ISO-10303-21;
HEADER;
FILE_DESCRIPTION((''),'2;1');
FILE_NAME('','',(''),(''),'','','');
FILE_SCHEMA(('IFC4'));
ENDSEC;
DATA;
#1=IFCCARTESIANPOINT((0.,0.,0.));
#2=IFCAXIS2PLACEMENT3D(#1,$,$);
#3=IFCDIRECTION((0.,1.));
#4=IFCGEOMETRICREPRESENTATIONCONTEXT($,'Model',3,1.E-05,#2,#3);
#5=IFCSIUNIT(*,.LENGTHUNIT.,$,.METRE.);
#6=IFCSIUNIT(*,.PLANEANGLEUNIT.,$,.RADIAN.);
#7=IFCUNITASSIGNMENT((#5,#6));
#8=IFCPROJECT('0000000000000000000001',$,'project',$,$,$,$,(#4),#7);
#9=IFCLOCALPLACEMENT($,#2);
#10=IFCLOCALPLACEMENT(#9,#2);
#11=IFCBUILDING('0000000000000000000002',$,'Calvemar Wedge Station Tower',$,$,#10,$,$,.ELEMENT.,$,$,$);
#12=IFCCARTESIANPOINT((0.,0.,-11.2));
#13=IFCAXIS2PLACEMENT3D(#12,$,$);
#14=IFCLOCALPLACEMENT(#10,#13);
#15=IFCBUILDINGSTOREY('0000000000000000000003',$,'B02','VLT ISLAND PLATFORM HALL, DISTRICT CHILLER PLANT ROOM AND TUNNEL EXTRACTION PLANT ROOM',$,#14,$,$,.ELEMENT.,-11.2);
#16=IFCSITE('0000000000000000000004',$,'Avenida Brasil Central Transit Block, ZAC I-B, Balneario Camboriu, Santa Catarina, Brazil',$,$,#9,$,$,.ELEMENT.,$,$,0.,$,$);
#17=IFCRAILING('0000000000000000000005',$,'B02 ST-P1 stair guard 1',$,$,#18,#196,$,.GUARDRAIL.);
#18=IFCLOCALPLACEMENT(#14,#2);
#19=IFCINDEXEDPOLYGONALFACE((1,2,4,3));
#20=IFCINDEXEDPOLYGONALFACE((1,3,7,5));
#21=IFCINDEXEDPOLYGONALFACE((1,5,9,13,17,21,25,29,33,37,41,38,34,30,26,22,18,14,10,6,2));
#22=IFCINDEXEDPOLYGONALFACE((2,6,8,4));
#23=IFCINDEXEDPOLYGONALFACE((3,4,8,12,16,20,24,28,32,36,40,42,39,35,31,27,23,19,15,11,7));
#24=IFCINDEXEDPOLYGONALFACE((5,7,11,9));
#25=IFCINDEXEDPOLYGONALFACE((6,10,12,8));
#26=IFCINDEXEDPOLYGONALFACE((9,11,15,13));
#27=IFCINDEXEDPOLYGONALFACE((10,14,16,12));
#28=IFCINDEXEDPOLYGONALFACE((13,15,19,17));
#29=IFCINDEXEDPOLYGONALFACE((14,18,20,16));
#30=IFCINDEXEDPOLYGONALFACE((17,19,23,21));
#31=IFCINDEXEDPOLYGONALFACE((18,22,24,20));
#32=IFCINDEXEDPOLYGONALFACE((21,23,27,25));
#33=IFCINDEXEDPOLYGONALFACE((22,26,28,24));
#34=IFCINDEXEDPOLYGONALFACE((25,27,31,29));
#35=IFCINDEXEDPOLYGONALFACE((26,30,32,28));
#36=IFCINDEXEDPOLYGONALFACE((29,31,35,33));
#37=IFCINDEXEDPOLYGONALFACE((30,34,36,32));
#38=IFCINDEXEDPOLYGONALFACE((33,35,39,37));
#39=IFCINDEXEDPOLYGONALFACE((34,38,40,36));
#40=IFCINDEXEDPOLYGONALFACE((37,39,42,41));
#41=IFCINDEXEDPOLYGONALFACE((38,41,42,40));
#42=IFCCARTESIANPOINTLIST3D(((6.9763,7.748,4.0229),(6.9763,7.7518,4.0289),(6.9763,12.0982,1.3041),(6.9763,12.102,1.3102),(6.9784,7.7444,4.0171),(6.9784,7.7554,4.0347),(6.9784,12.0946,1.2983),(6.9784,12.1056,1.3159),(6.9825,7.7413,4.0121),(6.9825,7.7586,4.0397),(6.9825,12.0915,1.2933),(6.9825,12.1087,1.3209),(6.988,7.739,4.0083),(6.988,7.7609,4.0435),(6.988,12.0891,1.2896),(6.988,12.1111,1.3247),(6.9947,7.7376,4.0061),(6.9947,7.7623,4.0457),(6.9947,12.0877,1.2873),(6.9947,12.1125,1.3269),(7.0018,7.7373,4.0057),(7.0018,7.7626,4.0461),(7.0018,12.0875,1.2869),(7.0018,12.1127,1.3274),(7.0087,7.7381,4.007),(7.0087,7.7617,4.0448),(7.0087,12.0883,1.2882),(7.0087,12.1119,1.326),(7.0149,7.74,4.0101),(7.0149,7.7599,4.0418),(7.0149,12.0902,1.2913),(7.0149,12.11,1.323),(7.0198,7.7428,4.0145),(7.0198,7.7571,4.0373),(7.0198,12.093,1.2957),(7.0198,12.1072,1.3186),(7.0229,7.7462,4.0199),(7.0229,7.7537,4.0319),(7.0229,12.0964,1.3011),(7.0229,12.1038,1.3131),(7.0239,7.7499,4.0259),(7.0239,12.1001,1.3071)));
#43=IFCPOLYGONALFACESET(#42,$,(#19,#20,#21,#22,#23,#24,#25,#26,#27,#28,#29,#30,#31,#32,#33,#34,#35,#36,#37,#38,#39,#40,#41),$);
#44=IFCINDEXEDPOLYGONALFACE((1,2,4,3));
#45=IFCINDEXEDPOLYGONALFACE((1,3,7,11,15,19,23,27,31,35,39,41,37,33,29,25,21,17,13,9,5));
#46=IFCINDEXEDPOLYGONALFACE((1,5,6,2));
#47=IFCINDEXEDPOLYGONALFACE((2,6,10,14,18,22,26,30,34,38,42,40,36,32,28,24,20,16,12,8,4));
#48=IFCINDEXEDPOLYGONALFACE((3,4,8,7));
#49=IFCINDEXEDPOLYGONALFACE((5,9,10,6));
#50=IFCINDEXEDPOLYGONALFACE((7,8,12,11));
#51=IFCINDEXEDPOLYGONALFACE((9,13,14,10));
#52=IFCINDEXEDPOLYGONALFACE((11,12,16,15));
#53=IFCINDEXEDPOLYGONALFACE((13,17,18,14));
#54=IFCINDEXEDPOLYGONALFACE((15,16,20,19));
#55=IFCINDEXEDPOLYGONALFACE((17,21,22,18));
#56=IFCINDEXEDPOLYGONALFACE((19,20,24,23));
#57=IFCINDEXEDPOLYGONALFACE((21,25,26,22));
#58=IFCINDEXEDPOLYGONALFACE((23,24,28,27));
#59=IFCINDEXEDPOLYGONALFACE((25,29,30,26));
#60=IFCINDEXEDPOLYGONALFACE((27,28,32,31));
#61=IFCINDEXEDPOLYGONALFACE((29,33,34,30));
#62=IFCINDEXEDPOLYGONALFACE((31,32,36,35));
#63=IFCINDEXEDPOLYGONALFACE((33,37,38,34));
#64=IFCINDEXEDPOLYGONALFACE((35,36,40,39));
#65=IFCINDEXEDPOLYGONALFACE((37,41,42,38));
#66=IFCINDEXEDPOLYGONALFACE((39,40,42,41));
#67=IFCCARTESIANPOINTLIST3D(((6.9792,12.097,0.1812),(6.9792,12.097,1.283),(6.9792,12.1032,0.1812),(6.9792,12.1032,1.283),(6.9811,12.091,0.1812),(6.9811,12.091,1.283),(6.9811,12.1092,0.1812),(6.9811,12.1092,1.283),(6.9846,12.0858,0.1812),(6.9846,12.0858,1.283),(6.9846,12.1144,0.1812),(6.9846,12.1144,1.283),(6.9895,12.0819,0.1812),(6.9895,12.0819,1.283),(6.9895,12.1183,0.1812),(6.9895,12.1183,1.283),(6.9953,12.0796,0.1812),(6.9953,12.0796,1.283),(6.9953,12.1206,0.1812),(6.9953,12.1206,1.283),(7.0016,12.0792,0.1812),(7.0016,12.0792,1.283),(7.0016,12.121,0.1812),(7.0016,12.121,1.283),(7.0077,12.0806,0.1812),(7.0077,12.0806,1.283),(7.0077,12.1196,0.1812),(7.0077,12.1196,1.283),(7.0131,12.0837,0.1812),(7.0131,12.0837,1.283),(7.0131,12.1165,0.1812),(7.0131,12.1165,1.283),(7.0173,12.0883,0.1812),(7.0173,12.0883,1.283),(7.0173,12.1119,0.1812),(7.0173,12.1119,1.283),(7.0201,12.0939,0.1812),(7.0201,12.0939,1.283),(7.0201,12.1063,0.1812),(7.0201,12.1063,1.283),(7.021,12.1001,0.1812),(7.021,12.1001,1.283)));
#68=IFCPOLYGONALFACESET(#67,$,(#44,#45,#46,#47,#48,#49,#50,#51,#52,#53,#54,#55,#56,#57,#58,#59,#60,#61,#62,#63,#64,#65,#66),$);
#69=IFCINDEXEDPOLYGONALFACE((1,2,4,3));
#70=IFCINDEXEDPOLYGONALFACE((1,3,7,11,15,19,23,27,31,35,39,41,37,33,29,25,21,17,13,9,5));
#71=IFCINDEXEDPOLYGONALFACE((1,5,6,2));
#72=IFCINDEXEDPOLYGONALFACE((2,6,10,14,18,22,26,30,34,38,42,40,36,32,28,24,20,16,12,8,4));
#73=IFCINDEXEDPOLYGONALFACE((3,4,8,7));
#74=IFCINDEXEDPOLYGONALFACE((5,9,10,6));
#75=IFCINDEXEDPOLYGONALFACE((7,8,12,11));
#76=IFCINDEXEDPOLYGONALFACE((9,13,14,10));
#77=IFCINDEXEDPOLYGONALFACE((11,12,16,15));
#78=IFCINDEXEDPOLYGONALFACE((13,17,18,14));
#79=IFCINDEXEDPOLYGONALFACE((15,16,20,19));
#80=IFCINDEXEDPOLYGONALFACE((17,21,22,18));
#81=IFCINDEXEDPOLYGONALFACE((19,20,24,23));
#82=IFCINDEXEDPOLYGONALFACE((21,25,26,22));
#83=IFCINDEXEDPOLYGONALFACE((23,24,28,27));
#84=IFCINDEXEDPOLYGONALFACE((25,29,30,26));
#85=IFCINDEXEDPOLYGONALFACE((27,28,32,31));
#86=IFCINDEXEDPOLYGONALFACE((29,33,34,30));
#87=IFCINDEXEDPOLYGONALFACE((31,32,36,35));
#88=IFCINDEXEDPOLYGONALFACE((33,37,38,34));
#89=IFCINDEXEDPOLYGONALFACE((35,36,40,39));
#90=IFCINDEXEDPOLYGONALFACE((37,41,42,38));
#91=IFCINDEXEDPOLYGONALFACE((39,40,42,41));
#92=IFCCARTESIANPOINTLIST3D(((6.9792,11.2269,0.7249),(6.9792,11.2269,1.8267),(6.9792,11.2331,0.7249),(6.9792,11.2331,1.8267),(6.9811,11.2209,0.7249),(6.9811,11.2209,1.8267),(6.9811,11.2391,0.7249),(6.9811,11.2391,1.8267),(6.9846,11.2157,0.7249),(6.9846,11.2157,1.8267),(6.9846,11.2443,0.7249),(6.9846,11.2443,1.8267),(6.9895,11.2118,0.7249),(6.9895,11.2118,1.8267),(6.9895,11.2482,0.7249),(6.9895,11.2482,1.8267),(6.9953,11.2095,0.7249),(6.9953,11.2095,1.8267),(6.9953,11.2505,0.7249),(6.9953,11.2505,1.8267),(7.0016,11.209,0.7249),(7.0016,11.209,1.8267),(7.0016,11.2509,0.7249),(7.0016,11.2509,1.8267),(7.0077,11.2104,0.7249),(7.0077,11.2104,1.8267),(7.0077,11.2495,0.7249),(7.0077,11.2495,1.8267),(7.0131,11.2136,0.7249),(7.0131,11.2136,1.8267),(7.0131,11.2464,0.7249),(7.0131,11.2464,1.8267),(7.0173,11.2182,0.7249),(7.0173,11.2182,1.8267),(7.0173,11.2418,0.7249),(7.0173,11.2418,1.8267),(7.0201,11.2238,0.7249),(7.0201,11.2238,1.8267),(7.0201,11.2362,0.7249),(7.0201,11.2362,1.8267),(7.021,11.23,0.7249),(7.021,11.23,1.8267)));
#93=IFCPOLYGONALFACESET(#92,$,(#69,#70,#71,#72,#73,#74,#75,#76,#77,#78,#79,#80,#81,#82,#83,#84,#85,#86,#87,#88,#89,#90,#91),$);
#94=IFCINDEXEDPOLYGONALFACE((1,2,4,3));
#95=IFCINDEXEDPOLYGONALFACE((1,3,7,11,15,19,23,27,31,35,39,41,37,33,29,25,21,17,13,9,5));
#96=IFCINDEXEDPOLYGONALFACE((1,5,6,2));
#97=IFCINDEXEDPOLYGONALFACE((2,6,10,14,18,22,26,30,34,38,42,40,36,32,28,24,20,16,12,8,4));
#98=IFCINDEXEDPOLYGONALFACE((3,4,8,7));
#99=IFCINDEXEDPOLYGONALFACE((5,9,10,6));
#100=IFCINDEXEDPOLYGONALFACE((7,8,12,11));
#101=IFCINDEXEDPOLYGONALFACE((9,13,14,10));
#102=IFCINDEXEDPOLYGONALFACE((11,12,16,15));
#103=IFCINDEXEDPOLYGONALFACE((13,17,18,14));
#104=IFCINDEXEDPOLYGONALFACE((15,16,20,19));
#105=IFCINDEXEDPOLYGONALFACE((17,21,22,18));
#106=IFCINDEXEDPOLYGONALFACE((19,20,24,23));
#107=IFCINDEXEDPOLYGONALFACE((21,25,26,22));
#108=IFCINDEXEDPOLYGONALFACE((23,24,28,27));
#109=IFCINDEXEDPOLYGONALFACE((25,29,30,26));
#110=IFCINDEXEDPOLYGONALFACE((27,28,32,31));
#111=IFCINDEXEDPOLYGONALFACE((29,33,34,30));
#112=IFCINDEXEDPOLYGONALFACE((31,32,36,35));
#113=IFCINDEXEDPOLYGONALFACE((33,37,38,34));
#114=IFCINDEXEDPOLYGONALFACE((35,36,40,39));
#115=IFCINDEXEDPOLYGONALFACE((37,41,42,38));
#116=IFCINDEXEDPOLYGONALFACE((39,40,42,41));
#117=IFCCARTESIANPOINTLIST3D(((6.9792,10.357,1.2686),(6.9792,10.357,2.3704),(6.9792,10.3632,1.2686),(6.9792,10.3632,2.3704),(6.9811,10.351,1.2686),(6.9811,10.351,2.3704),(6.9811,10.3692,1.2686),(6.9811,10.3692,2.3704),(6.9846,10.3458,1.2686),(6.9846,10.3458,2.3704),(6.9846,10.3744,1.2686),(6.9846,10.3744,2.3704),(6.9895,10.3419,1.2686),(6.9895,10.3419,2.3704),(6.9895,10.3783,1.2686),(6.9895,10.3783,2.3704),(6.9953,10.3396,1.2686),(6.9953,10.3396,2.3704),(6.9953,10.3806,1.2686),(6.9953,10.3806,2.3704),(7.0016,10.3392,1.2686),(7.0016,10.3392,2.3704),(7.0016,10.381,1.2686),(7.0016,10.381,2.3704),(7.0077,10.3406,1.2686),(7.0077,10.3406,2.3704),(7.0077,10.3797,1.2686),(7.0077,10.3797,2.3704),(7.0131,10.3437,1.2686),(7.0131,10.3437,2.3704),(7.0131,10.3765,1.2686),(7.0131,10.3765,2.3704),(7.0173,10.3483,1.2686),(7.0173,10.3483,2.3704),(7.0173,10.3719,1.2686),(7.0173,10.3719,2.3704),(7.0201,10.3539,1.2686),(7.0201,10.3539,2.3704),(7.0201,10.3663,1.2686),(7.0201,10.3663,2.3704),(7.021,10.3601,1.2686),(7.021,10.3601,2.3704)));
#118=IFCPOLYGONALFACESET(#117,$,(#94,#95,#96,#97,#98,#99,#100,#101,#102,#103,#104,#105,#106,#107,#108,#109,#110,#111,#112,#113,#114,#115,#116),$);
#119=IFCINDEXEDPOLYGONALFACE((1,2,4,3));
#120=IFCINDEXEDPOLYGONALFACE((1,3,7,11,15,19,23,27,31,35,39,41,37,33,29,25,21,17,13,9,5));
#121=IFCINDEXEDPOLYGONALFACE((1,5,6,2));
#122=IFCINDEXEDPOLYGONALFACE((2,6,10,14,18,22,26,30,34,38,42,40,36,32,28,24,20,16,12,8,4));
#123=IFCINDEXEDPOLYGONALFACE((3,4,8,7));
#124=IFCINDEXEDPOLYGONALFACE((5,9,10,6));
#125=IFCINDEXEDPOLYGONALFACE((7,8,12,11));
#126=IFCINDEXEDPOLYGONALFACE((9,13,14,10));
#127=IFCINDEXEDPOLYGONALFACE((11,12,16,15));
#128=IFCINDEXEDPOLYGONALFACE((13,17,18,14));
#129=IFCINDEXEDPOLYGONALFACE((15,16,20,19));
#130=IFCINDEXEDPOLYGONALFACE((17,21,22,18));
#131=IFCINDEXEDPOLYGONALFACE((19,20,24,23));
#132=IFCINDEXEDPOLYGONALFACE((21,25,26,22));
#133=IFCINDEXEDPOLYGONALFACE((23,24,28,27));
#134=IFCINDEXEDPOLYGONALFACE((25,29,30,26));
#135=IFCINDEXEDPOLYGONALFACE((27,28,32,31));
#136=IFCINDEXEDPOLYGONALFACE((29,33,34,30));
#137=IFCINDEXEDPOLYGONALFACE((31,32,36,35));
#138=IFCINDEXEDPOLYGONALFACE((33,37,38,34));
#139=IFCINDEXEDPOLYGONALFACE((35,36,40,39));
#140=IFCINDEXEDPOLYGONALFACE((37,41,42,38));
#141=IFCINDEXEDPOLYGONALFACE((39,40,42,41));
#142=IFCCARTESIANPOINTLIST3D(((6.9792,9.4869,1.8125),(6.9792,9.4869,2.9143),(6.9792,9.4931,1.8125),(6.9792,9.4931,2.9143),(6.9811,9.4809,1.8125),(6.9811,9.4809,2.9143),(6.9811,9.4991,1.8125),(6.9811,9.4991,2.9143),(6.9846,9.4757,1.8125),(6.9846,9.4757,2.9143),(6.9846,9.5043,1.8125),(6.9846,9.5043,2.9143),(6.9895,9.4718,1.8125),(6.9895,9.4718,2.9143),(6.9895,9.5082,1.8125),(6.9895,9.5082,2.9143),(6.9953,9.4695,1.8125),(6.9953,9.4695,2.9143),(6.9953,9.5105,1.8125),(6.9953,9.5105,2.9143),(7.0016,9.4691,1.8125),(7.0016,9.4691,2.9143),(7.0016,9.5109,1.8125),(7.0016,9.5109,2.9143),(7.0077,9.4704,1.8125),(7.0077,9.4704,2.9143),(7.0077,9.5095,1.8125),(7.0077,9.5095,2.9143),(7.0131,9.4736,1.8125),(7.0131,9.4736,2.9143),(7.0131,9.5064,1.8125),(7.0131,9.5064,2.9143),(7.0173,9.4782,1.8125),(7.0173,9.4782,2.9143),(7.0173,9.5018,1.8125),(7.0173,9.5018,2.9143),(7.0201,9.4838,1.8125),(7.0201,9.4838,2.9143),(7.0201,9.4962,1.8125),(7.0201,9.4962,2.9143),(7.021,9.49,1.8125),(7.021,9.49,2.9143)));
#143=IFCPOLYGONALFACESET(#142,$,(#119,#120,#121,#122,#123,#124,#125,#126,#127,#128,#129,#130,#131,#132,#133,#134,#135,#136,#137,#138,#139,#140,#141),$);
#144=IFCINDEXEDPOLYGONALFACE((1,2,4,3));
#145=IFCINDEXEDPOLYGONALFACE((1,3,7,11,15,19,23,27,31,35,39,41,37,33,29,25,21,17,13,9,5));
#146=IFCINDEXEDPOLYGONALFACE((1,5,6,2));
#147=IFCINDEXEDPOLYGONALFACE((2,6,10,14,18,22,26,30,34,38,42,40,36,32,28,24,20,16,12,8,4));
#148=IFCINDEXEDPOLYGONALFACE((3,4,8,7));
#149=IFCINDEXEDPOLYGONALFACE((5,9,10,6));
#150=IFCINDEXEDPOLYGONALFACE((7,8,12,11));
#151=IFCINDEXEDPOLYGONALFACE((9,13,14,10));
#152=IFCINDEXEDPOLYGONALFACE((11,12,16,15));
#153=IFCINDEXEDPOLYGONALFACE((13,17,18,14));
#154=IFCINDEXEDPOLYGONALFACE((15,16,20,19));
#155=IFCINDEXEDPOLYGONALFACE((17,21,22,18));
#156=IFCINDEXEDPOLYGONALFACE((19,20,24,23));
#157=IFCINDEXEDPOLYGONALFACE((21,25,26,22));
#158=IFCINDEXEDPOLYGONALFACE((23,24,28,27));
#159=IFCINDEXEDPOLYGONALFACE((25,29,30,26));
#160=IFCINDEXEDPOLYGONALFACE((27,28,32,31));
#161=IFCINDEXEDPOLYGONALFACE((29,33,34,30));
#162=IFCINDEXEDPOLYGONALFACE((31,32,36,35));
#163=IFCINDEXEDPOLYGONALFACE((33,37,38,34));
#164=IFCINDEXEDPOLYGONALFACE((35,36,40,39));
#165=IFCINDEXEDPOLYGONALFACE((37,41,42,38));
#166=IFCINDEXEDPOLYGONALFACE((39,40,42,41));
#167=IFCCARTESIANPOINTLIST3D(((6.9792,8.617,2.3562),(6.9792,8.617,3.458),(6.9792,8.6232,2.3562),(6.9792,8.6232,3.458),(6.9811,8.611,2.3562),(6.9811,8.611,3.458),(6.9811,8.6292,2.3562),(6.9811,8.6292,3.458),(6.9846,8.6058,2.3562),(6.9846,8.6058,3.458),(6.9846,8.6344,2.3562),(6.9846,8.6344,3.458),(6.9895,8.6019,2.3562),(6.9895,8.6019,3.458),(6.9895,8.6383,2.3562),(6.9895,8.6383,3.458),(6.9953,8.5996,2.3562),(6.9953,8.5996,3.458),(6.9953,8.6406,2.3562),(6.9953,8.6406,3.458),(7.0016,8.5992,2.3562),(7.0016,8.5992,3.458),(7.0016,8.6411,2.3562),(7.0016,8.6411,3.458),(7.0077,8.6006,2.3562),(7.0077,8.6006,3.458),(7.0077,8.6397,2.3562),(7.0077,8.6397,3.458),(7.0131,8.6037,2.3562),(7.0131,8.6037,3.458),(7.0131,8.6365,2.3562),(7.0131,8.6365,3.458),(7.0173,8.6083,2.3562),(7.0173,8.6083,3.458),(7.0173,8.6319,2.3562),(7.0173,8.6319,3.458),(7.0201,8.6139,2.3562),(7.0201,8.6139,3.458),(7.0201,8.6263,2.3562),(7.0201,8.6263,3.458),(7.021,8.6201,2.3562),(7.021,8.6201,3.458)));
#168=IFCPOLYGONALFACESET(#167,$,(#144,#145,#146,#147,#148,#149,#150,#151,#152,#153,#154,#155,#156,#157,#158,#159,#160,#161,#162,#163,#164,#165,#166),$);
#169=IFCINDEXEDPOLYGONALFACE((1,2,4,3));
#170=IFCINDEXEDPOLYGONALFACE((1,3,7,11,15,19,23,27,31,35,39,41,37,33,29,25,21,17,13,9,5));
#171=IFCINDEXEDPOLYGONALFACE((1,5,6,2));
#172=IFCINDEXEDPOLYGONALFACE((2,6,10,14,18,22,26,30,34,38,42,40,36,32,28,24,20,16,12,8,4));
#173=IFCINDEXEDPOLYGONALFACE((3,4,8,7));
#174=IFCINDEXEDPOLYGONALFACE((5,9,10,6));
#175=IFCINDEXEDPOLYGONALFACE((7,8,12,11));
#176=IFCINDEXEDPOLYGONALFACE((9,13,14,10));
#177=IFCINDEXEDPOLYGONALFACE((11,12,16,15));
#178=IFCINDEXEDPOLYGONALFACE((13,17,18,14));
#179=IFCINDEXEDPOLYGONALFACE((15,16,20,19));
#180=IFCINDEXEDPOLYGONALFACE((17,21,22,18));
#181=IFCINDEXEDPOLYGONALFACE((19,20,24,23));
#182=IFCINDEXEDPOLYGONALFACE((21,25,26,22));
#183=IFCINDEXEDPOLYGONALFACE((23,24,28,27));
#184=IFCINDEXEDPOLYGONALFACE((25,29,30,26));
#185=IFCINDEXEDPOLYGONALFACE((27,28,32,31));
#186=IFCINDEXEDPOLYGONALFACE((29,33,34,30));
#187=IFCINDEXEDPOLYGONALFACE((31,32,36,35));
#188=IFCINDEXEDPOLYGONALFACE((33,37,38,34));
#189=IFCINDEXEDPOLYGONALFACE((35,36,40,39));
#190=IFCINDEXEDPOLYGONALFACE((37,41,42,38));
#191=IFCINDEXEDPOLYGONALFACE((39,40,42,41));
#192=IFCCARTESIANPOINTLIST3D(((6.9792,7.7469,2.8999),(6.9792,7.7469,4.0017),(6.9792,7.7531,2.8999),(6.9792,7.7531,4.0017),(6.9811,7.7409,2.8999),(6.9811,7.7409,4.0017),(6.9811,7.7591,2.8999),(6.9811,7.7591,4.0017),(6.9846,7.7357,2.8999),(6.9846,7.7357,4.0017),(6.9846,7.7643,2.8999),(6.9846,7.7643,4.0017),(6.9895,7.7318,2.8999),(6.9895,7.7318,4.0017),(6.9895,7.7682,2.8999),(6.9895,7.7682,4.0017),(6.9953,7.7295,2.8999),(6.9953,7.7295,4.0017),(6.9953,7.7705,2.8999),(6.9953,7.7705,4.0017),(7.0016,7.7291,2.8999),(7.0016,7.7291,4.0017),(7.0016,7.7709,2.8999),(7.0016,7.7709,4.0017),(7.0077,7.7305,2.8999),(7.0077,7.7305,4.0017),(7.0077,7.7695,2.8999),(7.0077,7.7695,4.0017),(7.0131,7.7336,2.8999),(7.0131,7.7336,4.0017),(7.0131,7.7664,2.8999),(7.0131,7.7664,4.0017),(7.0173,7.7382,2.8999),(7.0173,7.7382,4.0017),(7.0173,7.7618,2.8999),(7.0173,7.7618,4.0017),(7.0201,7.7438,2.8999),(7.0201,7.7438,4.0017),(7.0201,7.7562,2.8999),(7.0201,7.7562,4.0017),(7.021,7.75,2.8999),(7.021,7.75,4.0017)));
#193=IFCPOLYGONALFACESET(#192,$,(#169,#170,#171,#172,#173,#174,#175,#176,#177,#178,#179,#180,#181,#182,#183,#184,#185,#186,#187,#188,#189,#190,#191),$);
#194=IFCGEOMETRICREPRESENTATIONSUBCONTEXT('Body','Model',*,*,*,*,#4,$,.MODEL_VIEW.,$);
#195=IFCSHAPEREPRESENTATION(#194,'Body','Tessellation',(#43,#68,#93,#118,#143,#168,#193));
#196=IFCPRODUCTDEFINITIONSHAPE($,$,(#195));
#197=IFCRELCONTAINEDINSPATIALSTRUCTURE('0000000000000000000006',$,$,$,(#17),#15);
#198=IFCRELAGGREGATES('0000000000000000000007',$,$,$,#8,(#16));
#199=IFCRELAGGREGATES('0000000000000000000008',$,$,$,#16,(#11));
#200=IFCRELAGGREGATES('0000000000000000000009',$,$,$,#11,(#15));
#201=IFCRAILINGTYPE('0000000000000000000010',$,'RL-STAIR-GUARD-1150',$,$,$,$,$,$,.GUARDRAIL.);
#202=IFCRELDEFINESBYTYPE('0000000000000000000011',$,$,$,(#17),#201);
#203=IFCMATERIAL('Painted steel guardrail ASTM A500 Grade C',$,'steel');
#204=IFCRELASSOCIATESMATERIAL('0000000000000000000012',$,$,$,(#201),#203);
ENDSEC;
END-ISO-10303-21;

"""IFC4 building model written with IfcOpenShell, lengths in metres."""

from ifc_helpers import new_model, si_unit, direction, frame, origin, origin_2d, place, context, subcontext, project, spatial, circle, extrude, material, type_object, element, save


model = new_model("IFC4")

# Units and contexts
model_context = context("Model", 3, precision=1e-05, world=origin(), true_north=direction((0.0, 1.0)))
body_context = subcontext(model_context, "Body", "Model", "MODEL_VIEW")
ifc_project = project(units=[si_unit("LENGTHUNIT", "METRE"), si_unit("PLANEANGLEUNIT", "RADIAN")], contexts=[model_context])

# Site, building, storey
site_placement = place(None, origin())
site = spatial("IfcSite", under=ifc_project, at=site_placement, Name="Avenida Brasil Central Transit Block, ZAC I-B, Balneario Camboriu, Santa Catarina, Brazil", CompositionType="ELEMENT", RefElevation=0.0)
building_placement = place(site_placement, origin())
building = spatial("IfcBuilding", under=site, at=building_placement, Name="Calvemar Wedge Station Tower", CompositionType="ELEMENT")
storey_placement = place(building_placement, frame((0.0, 0.0, -11.2)))
storey = spatial("IfcBuildingStorey", under=building, at=storey_placement, Name="B02", Description="VLT ISLAND PLATFORM HALL, DISTRICT CHILLER PLANT ROOM AND TUNNEL EXTRACTION PLANT ROOM", CompositionType="ELEMENT", Elevation=-11.2)

# Railing
ifc_material_1 = material(Name="Painted steel guardrail ASTM A500 Grade C", Category="steel")
railing_type_1 = type_object("IfcRailingType", Name="RL-STAIR-GUARD-1150", PredefinedType="GUARDRAIL", material=ifc_material_1)
railing_1_placement = place(storey_placement, frame((7.0, 12.1001, 0.1812)))
element("IfcRailing", 1, at=railing_1_placement, inside=storey, type_object=railing_type_1, Name="B02 ST-P1 stair guard 1", PredefinedType="GUARDRAIL", context=body_context, shape_type="SweptSolid", body=[
    extrude(circle(Radius=0.0239, at=origin_2d()), frame((0.0, 0.0, 1.126), z_axis=(0.0, -0.848004, 0.52999), x_axis=(1.0, 0.0, 0.0)), (0.0, 0.0, 1.0), 5.1299),
    extrude(circle(Radius=0.021, at=origin_2d()), origin(), (0.0, 0.0, 1.0), 1.1018),
    extrude(circle(Radius=0.021, at=origin_2d()), frame((0.0, -0.8701, 0.5437)), (0.0, 0.0, 1.0), 1.1018),
    extrude(circle(Radius=0.021, at=origin_2d()), frame((0.0, -1.74, 1.0874)), (0.0, 0.0, 1.0), 1.1018),
    extrude(circle(Radius=0.021, at=origin_2d()), frame((0.0, -2.6101, 1.6313)), (0.0, 0.0, 1.0), 1.1018),
    extrude(circle(Radius=0.021, at=origin_2d()), frame((0.0, -3.48, 2.175)), (0.0, 0.0, 1.0), 1.1018),
    extrude(circle(Radius=0.021, at=origin_2d()), frame((0.0, -4.3501, 2.7188)), (0.0, 0.0, 1.0), 1.1018),
])

save(model, "model.ifc")
